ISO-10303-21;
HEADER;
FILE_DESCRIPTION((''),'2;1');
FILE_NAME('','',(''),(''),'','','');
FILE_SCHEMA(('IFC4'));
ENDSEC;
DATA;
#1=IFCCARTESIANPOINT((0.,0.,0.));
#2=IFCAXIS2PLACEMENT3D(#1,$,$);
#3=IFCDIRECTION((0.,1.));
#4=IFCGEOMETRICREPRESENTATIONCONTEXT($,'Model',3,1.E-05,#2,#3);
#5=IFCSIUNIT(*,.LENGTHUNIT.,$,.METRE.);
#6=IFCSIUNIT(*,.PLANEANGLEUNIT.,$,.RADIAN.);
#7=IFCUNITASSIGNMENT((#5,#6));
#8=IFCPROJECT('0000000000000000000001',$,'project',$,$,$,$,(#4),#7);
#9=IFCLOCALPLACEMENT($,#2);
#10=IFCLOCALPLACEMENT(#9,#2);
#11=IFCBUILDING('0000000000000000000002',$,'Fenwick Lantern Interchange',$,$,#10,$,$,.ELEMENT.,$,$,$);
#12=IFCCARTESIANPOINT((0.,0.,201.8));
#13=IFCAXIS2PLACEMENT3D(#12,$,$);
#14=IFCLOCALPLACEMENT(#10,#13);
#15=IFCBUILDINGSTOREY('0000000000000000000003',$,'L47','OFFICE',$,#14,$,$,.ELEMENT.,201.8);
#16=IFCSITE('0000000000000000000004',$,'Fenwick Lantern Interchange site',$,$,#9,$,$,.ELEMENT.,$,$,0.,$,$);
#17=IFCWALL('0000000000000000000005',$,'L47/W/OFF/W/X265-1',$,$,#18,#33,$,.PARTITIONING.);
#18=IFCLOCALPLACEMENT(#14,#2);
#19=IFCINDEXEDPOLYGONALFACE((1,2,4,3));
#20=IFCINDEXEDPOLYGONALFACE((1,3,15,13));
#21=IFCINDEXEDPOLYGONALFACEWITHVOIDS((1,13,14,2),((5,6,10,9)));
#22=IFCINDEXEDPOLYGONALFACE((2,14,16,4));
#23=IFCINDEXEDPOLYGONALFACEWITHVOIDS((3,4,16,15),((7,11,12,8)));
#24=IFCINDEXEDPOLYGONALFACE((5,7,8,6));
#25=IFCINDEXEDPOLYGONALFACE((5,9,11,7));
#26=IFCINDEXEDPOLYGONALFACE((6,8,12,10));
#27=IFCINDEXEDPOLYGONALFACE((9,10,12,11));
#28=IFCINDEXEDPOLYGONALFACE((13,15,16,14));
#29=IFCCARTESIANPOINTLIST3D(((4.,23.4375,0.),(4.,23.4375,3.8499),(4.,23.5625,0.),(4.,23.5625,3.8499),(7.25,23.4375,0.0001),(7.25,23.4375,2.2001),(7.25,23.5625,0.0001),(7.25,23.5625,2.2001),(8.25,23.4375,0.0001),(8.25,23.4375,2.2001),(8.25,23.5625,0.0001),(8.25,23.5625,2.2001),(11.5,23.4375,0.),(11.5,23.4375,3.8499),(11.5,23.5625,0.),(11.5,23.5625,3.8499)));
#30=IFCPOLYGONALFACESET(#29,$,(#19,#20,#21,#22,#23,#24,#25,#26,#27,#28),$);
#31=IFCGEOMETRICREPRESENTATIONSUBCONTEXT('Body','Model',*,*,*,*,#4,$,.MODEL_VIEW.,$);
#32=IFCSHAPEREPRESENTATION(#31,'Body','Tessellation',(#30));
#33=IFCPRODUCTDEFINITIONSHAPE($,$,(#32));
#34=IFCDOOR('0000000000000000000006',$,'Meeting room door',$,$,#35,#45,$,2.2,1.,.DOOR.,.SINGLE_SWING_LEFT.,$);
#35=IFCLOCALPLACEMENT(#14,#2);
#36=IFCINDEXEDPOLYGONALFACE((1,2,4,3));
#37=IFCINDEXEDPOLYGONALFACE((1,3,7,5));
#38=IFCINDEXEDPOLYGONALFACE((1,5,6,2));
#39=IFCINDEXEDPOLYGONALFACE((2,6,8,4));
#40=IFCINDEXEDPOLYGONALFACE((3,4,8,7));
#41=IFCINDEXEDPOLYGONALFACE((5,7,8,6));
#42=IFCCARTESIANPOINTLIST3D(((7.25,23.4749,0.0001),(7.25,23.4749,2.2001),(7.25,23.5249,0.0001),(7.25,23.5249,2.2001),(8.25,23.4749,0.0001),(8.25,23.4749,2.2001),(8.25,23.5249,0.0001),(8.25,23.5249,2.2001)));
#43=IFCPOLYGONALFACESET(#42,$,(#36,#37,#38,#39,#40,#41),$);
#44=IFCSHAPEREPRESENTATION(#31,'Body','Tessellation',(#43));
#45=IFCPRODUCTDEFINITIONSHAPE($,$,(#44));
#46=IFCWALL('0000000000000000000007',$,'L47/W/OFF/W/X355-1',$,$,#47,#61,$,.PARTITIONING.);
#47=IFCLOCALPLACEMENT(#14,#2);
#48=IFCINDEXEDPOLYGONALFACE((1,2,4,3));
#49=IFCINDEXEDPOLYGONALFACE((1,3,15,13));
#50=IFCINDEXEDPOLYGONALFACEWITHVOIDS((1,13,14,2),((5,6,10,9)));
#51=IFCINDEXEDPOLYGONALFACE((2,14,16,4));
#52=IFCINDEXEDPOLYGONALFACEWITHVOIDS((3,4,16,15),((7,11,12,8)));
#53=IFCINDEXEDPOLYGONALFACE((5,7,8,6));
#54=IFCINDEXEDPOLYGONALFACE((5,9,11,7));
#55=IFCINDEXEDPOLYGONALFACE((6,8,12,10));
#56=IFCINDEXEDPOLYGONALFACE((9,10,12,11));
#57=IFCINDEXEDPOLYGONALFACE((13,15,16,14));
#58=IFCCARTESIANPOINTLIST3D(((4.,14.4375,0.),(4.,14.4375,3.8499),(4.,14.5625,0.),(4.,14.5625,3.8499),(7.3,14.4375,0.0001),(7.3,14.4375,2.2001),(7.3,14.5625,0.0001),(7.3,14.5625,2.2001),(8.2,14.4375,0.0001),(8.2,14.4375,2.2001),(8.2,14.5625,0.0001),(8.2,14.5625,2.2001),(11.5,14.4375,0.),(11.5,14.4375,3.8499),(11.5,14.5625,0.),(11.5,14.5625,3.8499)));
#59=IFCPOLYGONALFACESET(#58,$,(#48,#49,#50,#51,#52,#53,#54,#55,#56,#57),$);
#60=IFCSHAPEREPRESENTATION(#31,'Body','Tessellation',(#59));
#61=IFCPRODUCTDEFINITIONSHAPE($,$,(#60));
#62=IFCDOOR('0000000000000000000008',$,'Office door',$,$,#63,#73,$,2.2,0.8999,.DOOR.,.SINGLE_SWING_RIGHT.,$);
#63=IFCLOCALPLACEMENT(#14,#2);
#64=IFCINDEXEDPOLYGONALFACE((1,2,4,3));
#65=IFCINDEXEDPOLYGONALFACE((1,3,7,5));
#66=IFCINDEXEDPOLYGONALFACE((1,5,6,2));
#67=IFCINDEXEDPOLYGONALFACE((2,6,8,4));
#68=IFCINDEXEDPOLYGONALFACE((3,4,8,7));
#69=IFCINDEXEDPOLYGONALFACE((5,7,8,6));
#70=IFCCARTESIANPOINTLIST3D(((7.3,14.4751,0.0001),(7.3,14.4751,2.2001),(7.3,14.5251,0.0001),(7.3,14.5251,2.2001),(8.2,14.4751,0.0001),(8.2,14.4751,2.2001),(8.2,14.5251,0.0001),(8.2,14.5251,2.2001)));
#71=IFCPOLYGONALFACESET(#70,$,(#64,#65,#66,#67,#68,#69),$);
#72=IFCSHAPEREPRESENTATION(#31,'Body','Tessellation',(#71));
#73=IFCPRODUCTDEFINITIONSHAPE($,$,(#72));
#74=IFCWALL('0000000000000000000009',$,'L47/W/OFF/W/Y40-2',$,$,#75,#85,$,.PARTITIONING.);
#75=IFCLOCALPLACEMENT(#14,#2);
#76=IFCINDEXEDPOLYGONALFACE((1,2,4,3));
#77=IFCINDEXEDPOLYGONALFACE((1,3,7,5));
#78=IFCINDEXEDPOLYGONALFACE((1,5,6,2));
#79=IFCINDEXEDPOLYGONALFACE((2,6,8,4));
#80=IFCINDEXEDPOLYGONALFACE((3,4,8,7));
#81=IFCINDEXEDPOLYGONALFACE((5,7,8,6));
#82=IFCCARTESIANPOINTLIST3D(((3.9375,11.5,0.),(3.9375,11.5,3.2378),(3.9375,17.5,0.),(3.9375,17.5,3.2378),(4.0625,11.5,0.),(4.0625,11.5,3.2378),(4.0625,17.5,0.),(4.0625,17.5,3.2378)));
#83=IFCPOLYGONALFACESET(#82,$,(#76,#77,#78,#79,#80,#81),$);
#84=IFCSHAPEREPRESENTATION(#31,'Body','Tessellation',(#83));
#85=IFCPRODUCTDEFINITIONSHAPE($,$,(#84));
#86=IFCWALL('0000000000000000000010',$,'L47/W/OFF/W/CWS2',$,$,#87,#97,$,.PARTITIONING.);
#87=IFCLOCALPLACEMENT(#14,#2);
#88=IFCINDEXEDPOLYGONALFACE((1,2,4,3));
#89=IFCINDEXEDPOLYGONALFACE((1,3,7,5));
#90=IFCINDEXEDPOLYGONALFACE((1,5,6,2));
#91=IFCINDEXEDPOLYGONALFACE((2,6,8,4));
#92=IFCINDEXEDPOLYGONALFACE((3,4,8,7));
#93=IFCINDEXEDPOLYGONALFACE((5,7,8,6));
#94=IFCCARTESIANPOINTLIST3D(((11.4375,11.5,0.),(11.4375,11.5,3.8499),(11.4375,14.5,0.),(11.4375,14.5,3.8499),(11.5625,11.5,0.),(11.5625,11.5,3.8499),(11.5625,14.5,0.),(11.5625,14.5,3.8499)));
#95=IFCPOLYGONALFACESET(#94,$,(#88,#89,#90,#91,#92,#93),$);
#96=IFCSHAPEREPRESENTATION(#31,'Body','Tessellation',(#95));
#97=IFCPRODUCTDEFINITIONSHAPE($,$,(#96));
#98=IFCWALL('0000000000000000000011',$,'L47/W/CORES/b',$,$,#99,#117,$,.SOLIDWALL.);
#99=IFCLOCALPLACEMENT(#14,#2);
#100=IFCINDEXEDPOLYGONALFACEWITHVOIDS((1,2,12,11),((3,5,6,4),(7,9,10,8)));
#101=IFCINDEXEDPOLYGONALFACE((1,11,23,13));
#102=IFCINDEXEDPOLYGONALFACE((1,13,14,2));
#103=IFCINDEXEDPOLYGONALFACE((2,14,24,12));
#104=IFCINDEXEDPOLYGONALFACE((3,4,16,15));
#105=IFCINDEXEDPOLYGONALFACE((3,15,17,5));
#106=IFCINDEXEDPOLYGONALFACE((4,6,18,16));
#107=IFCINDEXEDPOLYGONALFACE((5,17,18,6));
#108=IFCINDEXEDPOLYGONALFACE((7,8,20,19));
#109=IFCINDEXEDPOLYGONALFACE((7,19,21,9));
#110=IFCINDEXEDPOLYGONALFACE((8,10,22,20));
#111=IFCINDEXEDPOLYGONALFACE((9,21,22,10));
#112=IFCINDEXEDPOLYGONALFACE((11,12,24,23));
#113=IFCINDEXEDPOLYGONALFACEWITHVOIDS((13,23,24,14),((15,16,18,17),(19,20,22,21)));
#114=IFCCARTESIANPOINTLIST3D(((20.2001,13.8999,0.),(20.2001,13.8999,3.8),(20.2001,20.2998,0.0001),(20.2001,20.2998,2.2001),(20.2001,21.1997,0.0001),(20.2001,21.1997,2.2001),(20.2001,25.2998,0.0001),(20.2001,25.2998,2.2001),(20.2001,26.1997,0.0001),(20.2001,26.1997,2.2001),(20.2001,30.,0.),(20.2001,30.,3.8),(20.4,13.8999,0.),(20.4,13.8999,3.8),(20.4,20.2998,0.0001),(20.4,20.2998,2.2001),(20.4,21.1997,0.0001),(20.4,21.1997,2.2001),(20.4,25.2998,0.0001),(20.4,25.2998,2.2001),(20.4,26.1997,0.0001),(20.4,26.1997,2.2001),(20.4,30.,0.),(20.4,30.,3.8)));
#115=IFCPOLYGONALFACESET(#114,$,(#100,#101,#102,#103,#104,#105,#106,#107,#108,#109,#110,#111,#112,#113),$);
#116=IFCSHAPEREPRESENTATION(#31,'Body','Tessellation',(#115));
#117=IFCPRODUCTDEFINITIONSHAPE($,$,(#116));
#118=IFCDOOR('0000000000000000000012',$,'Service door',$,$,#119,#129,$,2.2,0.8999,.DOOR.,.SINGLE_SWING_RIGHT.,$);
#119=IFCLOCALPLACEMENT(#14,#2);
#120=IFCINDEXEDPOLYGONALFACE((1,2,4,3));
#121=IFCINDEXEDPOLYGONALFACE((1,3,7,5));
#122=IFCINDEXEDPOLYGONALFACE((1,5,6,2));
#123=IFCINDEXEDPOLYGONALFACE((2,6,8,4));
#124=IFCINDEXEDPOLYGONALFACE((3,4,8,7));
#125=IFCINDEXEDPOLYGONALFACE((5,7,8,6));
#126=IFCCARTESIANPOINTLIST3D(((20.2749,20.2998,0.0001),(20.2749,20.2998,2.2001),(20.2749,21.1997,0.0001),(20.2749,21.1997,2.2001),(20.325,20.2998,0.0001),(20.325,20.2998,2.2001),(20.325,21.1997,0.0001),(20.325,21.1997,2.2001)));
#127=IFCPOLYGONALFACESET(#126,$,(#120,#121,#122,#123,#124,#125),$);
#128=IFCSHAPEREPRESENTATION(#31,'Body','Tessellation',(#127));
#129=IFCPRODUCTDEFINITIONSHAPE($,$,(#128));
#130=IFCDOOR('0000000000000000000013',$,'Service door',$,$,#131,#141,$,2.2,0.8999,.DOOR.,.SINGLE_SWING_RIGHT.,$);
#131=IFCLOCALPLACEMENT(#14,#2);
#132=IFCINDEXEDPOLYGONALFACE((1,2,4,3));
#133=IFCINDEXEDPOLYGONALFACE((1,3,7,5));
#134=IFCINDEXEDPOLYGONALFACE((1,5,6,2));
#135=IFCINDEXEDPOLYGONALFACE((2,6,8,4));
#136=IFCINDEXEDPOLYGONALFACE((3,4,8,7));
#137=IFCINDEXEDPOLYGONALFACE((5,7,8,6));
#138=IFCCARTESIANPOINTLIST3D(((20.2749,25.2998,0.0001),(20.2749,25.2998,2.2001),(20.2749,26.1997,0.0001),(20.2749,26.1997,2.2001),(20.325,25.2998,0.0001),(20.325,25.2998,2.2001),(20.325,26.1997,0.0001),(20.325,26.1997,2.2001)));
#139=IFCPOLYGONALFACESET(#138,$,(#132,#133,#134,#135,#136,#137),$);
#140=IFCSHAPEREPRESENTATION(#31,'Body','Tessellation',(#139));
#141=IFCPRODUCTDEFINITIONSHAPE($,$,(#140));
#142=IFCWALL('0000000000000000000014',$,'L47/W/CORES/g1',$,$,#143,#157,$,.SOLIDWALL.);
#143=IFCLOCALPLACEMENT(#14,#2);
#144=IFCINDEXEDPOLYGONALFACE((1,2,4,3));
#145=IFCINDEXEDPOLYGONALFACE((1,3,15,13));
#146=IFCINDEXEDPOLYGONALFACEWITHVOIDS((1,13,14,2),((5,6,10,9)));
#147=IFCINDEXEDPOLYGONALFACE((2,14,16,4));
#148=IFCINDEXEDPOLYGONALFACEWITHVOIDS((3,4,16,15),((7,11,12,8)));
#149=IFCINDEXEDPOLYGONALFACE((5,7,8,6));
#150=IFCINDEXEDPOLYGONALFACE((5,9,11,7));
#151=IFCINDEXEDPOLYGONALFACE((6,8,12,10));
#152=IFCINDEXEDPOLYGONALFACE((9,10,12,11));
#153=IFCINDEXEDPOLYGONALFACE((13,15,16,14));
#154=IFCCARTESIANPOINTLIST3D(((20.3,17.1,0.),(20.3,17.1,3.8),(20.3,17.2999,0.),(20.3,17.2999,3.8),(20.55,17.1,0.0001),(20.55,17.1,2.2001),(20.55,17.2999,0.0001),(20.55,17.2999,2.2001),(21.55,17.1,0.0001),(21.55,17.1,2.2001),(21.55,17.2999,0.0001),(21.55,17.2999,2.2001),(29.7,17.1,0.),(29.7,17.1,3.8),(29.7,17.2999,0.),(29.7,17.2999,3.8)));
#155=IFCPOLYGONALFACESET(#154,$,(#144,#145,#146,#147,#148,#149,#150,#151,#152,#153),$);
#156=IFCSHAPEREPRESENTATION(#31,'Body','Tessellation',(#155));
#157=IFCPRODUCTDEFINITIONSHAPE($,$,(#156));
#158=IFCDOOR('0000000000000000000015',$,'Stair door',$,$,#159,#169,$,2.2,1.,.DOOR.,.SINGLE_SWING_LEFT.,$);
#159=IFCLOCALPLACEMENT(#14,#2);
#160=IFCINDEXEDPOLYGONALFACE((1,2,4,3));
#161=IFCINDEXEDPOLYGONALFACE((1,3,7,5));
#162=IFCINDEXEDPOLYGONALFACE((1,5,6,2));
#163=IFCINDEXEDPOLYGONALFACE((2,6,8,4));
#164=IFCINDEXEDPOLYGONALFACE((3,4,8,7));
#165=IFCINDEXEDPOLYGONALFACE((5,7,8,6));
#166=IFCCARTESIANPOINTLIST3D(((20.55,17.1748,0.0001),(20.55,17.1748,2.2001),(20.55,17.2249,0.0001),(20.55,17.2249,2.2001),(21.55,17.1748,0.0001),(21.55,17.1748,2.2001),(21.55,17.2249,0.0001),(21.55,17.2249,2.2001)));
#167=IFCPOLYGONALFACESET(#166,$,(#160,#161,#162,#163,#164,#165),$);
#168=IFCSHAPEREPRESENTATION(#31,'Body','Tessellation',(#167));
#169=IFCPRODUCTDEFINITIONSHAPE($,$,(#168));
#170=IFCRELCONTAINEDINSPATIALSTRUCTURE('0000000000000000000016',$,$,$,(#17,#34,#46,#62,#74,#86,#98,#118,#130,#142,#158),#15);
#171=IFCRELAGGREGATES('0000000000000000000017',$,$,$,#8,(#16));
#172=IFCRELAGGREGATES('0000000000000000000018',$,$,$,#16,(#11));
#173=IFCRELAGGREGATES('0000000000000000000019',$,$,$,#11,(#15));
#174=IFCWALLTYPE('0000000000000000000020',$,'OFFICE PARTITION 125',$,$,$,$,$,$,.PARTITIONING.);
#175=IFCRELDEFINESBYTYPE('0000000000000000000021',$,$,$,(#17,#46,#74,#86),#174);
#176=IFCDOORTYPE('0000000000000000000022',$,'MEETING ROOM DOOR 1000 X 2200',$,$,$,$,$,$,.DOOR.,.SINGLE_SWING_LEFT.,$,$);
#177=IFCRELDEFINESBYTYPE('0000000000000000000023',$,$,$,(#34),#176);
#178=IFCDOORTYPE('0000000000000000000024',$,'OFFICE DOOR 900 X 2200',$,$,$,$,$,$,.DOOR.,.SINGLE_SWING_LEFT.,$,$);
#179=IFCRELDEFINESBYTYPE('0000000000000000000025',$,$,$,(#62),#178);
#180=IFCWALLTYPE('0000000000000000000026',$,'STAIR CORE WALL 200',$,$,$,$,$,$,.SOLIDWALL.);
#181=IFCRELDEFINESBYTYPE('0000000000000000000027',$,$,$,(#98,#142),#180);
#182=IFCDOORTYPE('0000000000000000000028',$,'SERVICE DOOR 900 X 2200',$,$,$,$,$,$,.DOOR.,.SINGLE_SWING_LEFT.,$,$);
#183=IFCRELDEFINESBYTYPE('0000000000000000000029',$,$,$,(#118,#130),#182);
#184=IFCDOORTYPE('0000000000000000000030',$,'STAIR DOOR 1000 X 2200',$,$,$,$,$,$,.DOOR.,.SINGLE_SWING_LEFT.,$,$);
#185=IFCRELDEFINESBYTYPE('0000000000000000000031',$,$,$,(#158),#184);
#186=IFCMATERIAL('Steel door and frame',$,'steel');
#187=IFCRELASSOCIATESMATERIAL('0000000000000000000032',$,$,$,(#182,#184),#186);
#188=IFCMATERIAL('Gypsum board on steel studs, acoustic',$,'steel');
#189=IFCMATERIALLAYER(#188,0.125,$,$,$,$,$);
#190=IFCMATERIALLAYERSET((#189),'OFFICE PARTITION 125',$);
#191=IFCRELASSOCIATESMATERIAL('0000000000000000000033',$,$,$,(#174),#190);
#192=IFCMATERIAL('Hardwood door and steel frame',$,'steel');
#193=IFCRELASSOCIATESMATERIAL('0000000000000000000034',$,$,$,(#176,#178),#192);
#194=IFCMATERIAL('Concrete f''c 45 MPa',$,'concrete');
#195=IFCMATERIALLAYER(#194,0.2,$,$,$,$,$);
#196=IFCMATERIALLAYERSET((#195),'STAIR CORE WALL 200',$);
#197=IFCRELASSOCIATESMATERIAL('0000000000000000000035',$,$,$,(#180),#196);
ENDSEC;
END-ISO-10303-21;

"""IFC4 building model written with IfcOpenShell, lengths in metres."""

from ifc_helpers import new_model, si_unit, direction, frame, frame_2d, origin, place, context, subcontext, project, spatial, rectangle, extrude, material, layer, layer_set, type_object, element, fill, save


model = new_model("IFC4")

# Units and contexts
model_context = context("Model", 3, precision=1e-05, world=origin(), true_north=direction((0.0, 1.0)))
body_context = subcontext(model_context, "Body", "Model", "MODEL_VIEW")
ifc_project = project(units=[si_unit("LENGTHUNIT", "METRE"), si_unit("PLANEANGLEUNIT", "RADIAN")], contexts=[model_context])

# Site, building, storey
site_placement = place(None, origin())
site = spatial("IfcSite", under=ifc_project, at=site_placement, Name="Fenwick Lantern Interchange site", CompositionType="ELEMENT", RefElevation=0.0)
building_placement = place(site_placement, origin())
building = spatial("IfcBuilding", under=site, at=building_placement, Name="Fenwick Lantern Interchange", CompositionType="ELEMENT")
storey_placement = place(building_placement, frame((0.0, 0.0, 201.8)))
storey = spatial("IfcBuildingStorey", under=building, at=storey_placement, Name="L47", Description="OFFICE", CompositionType="ELEMENT", Elevation=201.8)

# Shared definitions
ifc_material_1 = material(Name="Steel door and frame", Category="steel")
door_type_1 = type_object("IfcDoorType", Name="SERVICE DOOR 900 X 2200", OperationType="SINGLE_SWING_LEFT", PredefinedType="DOOR", material=ifc_material_1)

# Shared definitions
ifc_material_2 = material(Name="Hardwood door and steel frame", Category="steel")

# Walls, openings, doors
ifc_material_3 = material(Name="Gypsum board on steel studs, acoustic", Category="steel")
ifc_layer_1 = layer(ifc_material_3, 0.125)
ifc_layer_set_1 = layer_set([ifc_layer_1], Name="OFFICE PARTITION 125")
wall_type_1 = type_object("IfcWallType", Name="OFFICE PARTITION 125", PredefinedType="PARTITIONING", material=ifc_layer_set_1)
wall_1_placement = place(storey_placement, frame((4.0, 23.5, 0.0), z_axis=(0.0, 0.0, 1.0), x_axis=(1.0, 0.0, 0.0)))
wall_1 = element("IfcWall", 1, at=wall_1_placement, inside=storey, type_object=wall_type_1, Name="L47/W/OFF/W/X265-1", PredefinedType="PARTITIONING", context=body_context, shape_type="SweptSolid", body=[
    extrude(rectangle(XDim=7.5, YDim=0.125, at=frame_2d((3.75, 0.0))), origin(), (0.0, 0.0, 1.0), 3.8499),
])
opening_1_placement = place(wall_1_placement, frame((3.25, 0.0, 0.0)))
opening_1 = element("IfcOpeningElement", 2, at=opening_1_placement, cuts=wall_1, PredefinedType="OPENING", context=body_context, shape_type="SweptSolid", body=[
    extrude(rectangle(XDim=1.0, YDim=2.2, at=frame_2d((0.5, 1.1001))), frame((0.0, 0.0725, 0.0), z_axis=(0.0, -1.0, 0.0), x_axis=(1.0, 0.0, 0.0)), (0.0, 0.0, 1.0), 0.145),
])
door_type_2 = type_object("IfcDoorType", Name="MEETING ROOM DOOR 1000 X 2200", OperationType="SINGLE_SWING_LEFT", PredefinedType="DOOR", material=ifc_material_2)
door_1_placement = place(opening_1_placement, origin())
door_1 = element("IfcDoor", 3, at=door_1_placement, inside=storey, type_object=door_type_2, Name="Meeting room door", OperationType="SINGLE_SWING_LEFT", OverallHeight=2.2, OverallWidth=1.0, PredefinedType="DOOR", context=body_context, shape_type="SweptSolid", body=[
    extrude(rectangle(XDim=1.0, YDim=2.2, at=frame_2d((0.5, 1.1001))), frame((0.0, 0.0249, 0.0), z_axis=(0.0, -1.0, 0.0), x_axis=(1.0, 0.0, 0.0)), (0.0, 0.0, 1.0), 0.05),
])
fill(opening_1, door_1)
wall_2_placement = place(storey_placement, frame((4.0, 14.5, 0.0), z_axis=(0.0, 0.0, 1.0), x_axis=(1.0, 0.0, 0.0)))
wall_2 = element("IfcWall", 4, at=wall_2_placement, inside=storey, type_object=wall_type_1, Name="L47/W/OFF/W/X355-1", PredefinedType="PARTITIONING", context=body_context, shape_type="SweptSolid", body=[
    extrude(rectangle(XDim=7.5, YDim=0.125, at=frame_2d((3.75, 0.0))), origin(), (0.0, 0.0, 1.0), 3.8499),
])
opening_2_placement = place(wall_2_placement, frame((3.3, 0.0, 0.0)))
opening_2 = element("IfcOpeningElement", 5, at=opening_2_placement, cuts=wall_2, PredefinedType="OPENING", context=body_context, shape_type="SweptSolid", body=[
    extrude(rectangle(XDim=0.8999, YDim=2.2, at=frame_2d((0.45, 1.1001))), frame((0.0, 0.0725, 0.0), z_axis=(0.0, -1.0, 0.0), x_axis=(1.0, 0.0, 0.0)), (0.0, 0.0, 1.0), 0.145),
])
door_type_3 = type_object("IfcDoorType", Name="OFFICE DOOR 900 X 2200", OperationType="SINGLE_SWING_LEFT", PredefinedType="DOOR", material=ifc_material_2)
door_2_placement = place(opening_2_placement, frame((0.8999, 0.0, 0.0), z_axis=(0.0, 0.0, 1.0), x_axis=(-1.0, 0.0, 0.0)))
door_2 = element("IfcDoor", 6, at=door_2_placement, inside=storey, type_object=door_type_3, Name="Office door", OperationType="SINGLE_SWING_RIGHT", OverallHeight=2.2, OverallWidth=0.8999, PredefinedType="DOOR", context=body_context, shape_type="SweptSolid", body=[
    extrude(rectangle(XDim=0.8999, YDim=2.2, at=frame_2d((0.45, 1.1001))), frame((0.0, 0.0249, 0.0), z_axis=(0.0, -1.0, 0.0), x_axis=(1.0, 0.0, 0.0)), (0.0, 0.0, 1.0), 0.05),
])
fill(opening_2, door_2)

# Walls
wall_3_placement = place(storey_placement, frame((4.0, 17.5, 0.0), z_axis=(0.0, 0.0, 1.0), x_axis=(0.0, -1.0, 0.0)))
element("IfcWall", 7, at=wall_3_placement, inside=storey, type_object=wall_type_1, Name="L47/W/OFF/W/Y40-2", PredefinedType="PARTITIONING", context=body_context, shape_type="SweptSolid", body=[
    extrude(rectangle(XDim=6.0, YDim=0.125, at=frame_2d((3.0, 0.0))), origin(), (0.0, 0.0, 1.0), 3.2378),
])
wall_4_placement = place(storey_placement, frame((11.5, 14.5, 0.0), z_axis=(0.0, 0.0, 1.0), x_axis=(0.0, -1.0, 0.0)))
element("IfcWall", 8, at=wall_4_placement, inside=storey, type_object=wall_type_1, Name="L47/W/OFF/W/CWS2", PredefinedType="PARTITIONING", context=body_context, shape_type="SweptSolid", body=[
    extrude(rectangle(XDim=3.0, YDim=0.125, at=frame_2d((1.5, 0.0))), origin(), (0.0, 0.0, 1.0), 3.8499),
])

# Wall, openings, doors
ifc_material_4 = material(Name="Concrete f'c 45 MPa", Category="concrete")
ifc_layer_2 = layer(ifc_material_4, 0.2)
ifc_layer_set_2 = layer_set([ifc_layer_2], Name="STAIR CORE WALL 200")
wall_type_2 = type_object("IfcWallType", Name="STAIR CORE WALL 200", PredefinedType="SOLIDWALL", material=ifc_layer_set_2)
wall_5_placement = place(storey_placement, frame((20.3, 13.8999, 0.0), z_axis=(0.0, 0.0, 1.0), x_axis=(0.0, 1.0, 0.0)))
wall_5 = element("IfcWall", 9, at=wall_5_placement, inside=storey, type_object=wall_type_2, Name="L47/W/CORES/b", PredefinedType="SOLIDWALL", context=body_context, shape_type="SweptSolid", body=[
    extrude(rectangle(XDim=16.1001, YDim=0.2, at=frame_2d((8.05, 0.0))), origin(), (0.0, 0.0, 1.0), 3.8),
])
opening_3_placement = place(wall_5_placement, frame((6.3999, 0.0, 0.0)))
opening_3 = element("IfcOpeningElement", 10, at=opening_3_placement, cuts=wall_5, PredefinedType="OPENING", context=body_context, shape_type="SweptSolid", body=[
    extrude(rectangle(XDim=0.8999, YDim=2.2, at=frame_2d((0.45, 1.1001))), frame((0.0, 0.1099, 0.0), z_axis=(0.0, -1.0, 0.0), x_axis=(1.0, 0.0, 0.0)), (0.0, 0.0, 1.0), 0.22),
])
opening_4_placement = place(wall_5_placement, frame((11.3999, 0.0, 0.0)))
opening_4 = element("IfcOpeningElement", 11, at=opening_4_placement, cuts=wall_5, PredefinedType="OPENING", context=body_context, shape_type="SweptSolid", body=[
    extrude(rectangle(XDim=0.8999, YDim=2.2, at=frame_2d((0.45, 1.1001))), frame((0.0, 0.1099, 0.0), z_axis=(0.0, -1.0, 0.0), x_axis=(1.0, 0.0, 0.0)), (0.0, 0.0, 1.0), 0.22),
])
door_3_placement = place(opening_3_placement, frame((0.8999, 0.0, 0.0), z_axis=(0.0, 0.0, 1.0), x_axis=(-1.0, 0.0, 0.0)))
door_3 = element("IfcDoor", 12, at=door_3_placement, inside=storey, type_object=door_type_1, Name="Service door", OperationType="SINGLE_SWING_RIGHT", OverallHeight=2.2, OverallWidth=0.8999, PredefinedType="DOOR", context=body_context, shape_type="SweptSolid", body=[
    extrude(rectangle(XDim=0.8999, YDim=2.2, at=frame_2d((0.45, 1.1001))), frame((0.0, 0.0249, 0.0), z_axis=(0.0, -1.0, 0.0), x_axis=(1.0, 0.0, 0.0)), (0.0, 0.0, 1.0), 0.05),
])
fill(opening_3, door_3)
door_4_placement = place(opening_4_placement, frame((0.8999, 0.0, 0.0), z_axis=(0.0, 0.0, 1.0), x_axis=(-1.0, 0.0, 0.0)))
door_4 = element("IfcDoor", 13, at=door_4_placement, inside=storey, type_object=door_type_1, Name="Service door", OperationType="SINGLE_SWING_RIGHT", OverallHeight=2.2, OverallWidth=0.8999, PredefinedType="DOOR", context=body_context, shape_type="SweptSolid", body=[
    extrude(rectangle(XDim=0.8999, YDim=2.2, at=frame_2d((0.45, 1.1001))), frame((0.0, 0.0249, 0.0), z_axis=(0.0, -1.0, 0.0), x_axis=(1.0, 0.0, 0.0)), (0.0, 0.0, 1.0), 0.05),
])
fill(opening_4, door_4)

# Wall, opening, door
wall_6_placement = place(storey_placement, frame((20.3, 17.2, 0.0), z_axis=(0.0, 0.0, 1.0), x_axis=(1.0, 0.0, 0.0)))
wall_6 = element("IfcWall", 14, at=wall_6_placement, inside=storey, type_object=wall_type_2, Name="L47/W/CORES/g1", PredefinedType="SOLIDWALL", context=body_context, shape_type="SweptSolid", body=[
    extrude(rectangle(XDim=9.3999, YDim=0.2, at=frame_2d((4.7, 0.0))), origin(), (0.0, 0.0, 1.0), 3.8),
])
opening_5_placement = place(wall_6_placement, frame((0.25, 0.0, 0.0)))
opening_5 = element("IfcOpeningElement", 15, at=opening_5_placement, cuts=wall_6, PredefinedType="OPENING", context=body_context, shape_type="SweptSolid", body=[
    extrude(rectangle(XDim=1.0, YDim=2.2, at=frame_2d((0.5, 1.1001))), frame((0.0, 0.1099, 0.0), z_axis=(0.0, -1.0, 0.0), x_axis=(1.0, 0.0, 0.0)), (0.0, 0.0, 1.0), 0.22),
])
door_type_4 = type_object("IfcDoorType", Name="STAIR DOOR 1000 X 2200", OperationType="SINGLE_SWING_LEFT", PredefinedType="DOOR", material=ifc_material_1)
door_5_placement = place(opening_5_placement, origin())
door_5 = element("IfcDoor", 16, at=door_5_placement, inside=storey, type_object=door_type_4, Name="Stair door", OperationType="SINGLE_SWING_LEFT", OverallHeight=2.2, OverallWidth=1.0, PredefinedType="DOOR", context=body_context, shape_type="SweptSolid", body=[
    extrude(rectangle(XDim=1.0, YDim=2.2, at=frame_2d((0.5, 1.1001))), frame((0.0, 0.0249, 0.0), z_axis=(0.0, -1.0, 0.0), x_axis=(1.0, 0.0, 0.0)), (0.0, 0.0, 1.0), 0.05),
])
fill(opening_5, door_5)

save(model, "model.ifc")
